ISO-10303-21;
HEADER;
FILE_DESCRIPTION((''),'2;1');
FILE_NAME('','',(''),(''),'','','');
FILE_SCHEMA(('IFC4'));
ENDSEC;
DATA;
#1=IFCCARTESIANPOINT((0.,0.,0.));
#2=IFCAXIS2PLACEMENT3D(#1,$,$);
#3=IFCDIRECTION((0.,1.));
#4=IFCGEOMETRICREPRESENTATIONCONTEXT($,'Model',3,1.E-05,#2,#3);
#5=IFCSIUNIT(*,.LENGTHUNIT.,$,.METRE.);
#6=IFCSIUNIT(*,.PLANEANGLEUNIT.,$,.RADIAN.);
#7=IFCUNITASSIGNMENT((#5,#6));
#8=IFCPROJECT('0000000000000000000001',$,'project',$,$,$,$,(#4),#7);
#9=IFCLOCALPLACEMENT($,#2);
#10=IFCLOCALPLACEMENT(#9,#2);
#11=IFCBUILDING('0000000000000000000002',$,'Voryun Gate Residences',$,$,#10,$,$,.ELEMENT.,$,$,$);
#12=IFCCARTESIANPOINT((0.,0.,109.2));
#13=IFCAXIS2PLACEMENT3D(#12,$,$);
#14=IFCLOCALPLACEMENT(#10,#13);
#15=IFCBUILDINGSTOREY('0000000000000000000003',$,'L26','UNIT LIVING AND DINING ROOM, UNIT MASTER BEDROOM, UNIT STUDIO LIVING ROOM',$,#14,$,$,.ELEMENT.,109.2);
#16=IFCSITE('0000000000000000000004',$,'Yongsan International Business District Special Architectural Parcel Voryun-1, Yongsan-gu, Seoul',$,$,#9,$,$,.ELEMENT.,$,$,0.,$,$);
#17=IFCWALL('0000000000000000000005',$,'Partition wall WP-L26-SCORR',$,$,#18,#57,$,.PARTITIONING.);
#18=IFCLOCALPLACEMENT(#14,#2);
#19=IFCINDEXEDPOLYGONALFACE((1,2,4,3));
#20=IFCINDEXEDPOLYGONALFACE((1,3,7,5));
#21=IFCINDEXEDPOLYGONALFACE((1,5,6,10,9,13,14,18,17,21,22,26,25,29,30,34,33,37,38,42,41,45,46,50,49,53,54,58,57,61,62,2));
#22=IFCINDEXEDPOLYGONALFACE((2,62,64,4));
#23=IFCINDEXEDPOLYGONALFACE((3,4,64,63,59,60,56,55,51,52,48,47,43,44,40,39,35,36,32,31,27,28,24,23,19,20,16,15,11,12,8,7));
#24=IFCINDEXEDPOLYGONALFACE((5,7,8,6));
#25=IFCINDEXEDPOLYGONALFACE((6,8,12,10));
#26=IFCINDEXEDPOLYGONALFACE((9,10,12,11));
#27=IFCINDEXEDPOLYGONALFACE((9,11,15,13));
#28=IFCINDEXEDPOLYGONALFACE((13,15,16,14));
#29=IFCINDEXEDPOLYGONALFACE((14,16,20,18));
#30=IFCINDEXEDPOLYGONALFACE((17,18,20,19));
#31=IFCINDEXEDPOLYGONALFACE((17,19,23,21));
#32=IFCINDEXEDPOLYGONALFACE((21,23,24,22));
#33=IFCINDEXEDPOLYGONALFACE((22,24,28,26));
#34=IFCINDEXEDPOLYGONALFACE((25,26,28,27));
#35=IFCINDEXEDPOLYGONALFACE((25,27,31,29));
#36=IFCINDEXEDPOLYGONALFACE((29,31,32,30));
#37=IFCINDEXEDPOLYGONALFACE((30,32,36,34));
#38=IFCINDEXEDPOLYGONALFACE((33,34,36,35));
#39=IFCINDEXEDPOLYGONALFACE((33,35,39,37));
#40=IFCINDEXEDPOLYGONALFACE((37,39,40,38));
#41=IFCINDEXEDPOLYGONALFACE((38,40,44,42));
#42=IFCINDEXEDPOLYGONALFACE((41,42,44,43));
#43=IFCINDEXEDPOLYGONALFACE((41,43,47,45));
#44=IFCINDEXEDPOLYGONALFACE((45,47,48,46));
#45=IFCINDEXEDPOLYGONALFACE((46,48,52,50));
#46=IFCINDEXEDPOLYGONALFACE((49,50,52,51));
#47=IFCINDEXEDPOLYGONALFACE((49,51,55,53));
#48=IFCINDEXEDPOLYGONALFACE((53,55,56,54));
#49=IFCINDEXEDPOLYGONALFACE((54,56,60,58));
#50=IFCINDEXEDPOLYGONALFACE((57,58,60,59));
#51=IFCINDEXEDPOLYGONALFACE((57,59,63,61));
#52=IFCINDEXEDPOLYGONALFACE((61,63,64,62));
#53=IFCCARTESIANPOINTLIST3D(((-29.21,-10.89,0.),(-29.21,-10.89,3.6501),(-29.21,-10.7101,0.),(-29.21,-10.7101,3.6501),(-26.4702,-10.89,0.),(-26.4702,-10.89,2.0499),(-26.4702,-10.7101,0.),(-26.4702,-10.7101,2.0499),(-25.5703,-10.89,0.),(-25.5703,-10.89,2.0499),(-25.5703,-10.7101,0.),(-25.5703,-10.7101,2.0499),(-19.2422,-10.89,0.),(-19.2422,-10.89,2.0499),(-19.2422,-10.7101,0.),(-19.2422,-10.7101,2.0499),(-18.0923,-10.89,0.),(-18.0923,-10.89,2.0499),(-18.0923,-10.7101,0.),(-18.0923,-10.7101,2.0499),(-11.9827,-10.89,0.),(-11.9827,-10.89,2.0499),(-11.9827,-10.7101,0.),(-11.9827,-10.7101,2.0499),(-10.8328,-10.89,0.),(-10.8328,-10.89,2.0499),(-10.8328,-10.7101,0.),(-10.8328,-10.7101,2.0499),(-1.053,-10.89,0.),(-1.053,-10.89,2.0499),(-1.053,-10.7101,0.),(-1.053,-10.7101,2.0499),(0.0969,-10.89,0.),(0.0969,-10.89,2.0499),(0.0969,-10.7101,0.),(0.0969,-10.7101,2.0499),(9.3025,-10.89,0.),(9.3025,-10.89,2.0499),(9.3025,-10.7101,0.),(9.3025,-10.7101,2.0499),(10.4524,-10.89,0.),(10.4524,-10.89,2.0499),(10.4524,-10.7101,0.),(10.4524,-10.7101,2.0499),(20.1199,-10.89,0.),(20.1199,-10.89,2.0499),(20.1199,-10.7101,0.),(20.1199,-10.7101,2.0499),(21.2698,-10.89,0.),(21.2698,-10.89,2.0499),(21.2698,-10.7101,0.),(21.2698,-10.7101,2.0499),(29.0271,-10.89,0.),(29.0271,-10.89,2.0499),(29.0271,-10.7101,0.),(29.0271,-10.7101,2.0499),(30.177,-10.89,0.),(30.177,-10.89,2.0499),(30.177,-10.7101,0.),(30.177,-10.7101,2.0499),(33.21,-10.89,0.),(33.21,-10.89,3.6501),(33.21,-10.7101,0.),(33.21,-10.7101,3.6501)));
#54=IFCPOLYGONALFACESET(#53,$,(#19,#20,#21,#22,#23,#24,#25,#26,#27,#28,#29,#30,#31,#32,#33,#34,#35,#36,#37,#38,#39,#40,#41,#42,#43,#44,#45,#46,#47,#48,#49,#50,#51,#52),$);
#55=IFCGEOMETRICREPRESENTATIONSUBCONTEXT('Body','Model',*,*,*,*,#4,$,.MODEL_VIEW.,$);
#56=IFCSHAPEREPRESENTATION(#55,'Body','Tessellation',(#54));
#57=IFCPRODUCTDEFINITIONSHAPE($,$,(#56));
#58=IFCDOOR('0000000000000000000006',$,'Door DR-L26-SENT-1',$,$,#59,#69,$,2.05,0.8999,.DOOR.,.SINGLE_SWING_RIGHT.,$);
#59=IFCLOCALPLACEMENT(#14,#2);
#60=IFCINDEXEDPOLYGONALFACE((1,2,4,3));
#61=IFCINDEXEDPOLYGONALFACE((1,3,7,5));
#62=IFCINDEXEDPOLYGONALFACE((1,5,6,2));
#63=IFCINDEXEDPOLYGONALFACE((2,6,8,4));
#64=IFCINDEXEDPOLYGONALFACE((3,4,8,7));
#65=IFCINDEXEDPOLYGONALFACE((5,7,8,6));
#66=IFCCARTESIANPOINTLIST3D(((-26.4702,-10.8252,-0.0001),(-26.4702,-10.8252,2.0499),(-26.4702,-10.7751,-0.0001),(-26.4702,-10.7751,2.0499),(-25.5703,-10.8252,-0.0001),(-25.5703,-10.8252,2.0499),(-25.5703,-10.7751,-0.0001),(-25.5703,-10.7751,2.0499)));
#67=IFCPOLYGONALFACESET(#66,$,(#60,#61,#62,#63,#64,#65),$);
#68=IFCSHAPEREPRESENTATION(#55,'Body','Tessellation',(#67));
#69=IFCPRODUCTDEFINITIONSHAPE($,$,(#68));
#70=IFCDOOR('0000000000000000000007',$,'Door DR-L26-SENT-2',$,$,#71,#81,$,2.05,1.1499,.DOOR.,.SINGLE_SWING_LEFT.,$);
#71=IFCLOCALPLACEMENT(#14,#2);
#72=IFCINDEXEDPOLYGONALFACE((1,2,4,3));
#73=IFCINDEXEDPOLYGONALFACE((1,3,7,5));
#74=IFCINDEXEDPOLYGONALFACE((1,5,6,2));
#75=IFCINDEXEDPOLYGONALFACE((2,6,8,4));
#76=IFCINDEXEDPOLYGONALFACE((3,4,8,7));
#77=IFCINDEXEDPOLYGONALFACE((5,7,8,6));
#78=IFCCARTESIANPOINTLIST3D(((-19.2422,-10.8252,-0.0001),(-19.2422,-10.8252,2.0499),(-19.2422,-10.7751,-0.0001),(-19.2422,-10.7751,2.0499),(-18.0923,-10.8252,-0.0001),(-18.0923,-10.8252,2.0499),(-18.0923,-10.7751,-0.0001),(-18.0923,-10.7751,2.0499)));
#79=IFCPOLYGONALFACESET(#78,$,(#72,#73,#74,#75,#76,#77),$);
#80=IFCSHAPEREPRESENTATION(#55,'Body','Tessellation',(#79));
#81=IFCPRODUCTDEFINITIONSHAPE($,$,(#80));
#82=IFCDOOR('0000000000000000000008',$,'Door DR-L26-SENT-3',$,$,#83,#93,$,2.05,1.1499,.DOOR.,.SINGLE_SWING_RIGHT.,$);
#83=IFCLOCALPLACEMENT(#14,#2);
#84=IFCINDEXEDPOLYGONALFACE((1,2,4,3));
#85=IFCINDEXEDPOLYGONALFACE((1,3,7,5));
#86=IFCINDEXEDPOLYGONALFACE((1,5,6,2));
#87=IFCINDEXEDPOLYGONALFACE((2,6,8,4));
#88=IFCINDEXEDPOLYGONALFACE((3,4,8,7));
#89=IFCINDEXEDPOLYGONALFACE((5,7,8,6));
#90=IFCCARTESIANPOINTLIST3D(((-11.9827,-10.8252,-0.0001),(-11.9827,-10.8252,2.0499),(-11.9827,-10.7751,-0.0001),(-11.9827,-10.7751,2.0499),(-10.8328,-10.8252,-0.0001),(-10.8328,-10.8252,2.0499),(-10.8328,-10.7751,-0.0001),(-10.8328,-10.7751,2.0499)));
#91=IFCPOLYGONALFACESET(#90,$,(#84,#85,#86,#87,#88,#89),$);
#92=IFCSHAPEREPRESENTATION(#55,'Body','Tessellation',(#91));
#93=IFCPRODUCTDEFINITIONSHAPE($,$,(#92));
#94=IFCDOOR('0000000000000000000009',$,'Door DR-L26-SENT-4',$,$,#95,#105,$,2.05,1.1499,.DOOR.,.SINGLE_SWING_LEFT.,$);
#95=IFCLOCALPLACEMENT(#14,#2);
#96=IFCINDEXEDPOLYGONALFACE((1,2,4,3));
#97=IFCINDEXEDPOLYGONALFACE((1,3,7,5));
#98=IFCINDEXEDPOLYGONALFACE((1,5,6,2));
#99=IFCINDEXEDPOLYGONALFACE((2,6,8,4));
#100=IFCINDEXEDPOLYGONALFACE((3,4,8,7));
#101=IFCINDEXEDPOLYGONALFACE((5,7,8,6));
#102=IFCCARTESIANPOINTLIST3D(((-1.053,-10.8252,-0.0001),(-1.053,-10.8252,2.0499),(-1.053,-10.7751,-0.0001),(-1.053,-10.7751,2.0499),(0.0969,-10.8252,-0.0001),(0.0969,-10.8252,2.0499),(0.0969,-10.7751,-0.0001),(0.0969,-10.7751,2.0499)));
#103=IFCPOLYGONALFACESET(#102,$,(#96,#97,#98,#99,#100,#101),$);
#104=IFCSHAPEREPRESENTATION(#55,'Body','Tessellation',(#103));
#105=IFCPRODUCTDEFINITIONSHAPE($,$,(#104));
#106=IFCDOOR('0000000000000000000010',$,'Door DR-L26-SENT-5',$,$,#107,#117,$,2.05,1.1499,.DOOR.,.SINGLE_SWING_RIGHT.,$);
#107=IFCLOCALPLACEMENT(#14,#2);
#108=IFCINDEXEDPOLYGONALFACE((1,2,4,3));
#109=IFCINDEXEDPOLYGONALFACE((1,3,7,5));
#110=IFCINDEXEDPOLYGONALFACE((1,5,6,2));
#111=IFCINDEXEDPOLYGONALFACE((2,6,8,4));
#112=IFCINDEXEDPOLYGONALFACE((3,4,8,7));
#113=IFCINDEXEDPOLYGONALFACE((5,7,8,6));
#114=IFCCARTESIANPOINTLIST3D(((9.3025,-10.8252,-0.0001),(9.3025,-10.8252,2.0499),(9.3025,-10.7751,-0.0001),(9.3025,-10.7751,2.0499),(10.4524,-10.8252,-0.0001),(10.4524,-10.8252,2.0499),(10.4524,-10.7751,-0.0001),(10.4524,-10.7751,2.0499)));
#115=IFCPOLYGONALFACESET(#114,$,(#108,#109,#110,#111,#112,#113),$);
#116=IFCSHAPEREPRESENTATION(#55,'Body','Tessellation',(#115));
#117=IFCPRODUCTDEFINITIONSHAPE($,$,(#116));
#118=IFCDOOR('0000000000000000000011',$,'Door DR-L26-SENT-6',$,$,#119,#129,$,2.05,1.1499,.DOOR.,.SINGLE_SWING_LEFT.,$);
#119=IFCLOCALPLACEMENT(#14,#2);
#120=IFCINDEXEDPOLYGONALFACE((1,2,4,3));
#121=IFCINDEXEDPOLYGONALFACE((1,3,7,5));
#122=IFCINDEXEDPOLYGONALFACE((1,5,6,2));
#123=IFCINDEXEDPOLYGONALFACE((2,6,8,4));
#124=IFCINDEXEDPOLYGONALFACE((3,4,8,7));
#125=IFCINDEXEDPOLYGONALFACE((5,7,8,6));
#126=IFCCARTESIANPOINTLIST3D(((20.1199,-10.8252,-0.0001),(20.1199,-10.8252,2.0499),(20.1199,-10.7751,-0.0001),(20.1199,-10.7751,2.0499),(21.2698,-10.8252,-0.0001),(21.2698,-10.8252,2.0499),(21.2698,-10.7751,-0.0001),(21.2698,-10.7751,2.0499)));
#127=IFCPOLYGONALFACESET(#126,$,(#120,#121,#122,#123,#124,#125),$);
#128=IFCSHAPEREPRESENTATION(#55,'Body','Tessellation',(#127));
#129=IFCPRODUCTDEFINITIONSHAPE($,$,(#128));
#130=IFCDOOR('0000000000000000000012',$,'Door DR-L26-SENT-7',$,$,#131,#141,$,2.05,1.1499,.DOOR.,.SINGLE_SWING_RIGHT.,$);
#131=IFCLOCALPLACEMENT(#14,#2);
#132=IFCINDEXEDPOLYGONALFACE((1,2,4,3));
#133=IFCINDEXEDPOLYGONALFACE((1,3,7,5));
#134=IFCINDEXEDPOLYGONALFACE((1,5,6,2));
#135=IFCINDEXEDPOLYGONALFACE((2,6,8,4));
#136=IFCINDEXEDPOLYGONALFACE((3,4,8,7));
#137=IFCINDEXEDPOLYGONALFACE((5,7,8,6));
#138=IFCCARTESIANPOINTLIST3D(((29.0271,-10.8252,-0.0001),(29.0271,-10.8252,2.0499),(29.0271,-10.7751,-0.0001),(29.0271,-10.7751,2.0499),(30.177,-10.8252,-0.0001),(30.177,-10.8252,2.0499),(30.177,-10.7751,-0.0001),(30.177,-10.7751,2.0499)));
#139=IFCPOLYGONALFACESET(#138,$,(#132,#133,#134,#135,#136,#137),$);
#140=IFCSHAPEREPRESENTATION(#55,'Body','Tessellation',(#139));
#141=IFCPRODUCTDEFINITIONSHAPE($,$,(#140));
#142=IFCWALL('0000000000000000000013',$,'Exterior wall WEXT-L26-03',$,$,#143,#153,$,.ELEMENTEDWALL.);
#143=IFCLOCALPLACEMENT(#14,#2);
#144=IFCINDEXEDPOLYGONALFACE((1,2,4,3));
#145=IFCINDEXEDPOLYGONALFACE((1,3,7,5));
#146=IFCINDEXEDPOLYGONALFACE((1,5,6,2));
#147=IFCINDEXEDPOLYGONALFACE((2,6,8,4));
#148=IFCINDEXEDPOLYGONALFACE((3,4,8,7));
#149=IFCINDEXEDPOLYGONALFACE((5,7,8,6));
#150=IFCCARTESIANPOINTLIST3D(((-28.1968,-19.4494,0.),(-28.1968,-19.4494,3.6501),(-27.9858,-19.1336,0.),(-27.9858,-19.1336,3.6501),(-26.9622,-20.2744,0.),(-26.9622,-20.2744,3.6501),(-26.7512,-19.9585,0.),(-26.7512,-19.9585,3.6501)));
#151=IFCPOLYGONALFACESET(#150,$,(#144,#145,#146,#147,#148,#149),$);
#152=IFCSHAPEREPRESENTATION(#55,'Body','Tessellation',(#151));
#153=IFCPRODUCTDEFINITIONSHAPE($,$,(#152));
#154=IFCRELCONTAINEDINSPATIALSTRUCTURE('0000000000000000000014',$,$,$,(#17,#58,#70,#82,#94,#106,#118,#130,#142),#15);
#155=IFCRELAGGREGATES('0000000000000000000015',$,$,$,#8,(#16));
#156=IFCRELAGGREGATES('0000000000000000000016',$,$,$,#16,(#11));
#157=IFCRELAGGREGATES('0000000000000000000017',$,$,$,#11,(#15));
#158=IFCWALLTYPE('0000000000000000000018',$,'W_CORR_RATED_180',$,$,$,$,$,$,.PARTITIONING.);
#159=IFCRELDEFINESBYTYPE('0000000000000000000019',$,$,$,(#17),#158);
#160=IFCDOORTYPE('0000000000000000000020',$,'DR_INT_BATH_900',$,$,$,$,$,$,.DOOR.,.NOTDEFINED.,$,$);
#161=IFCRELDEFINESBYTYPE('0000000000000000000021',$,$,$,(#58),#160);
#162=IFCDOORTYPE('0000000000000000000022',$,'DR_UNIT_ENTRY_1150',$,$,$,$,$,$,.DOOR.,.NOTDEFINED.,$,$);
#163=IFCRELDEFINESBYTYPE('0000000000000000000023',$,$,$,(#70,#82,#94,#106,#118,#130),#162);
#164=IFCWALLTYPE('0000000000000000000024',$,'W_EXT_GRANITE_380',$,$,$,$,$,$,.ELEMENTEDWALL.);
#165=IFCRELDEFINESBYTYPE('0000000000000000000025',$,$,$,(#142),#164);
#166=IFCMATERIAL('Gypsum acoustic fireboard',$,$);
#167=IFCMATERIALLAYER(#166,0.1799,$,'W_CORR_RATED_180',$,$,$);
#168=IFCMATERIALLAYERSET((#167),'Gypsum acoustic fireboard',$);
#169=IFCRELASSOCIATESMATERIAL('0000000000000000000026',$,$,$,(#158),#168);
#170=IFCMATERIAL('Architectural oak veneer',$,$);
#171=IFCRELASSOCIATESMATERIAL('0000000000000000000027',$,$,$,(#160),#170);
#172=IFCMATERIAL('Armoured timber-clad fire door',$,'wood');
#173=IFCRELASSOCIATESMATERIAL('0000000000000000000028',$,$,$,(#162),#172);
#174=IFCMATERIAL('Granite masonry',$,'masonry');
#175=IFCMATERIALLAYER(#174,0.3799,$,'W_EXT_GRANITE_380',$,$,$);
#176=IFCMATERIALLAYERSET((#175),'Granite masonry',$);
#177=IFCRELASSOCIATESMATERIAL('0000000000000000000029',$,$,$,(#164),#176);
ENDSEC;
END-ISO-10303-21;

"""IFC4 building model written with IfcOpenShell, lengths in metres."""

from ifc_helpers import new_model, si_unit, direction, frame, frame_2d, origin, place, context, subcontext, project, spatial, rectangle, extrude, material, layer, layer_set, type_object, element, fill, save


model = new_model("IFC4")

# Units and contexts
model_context = context("Model", 3, precision=1e-05, world=origin(), true_north=direction((0.0, 1.0)))
body_context = subcontext(model_context, "Body", "Model", "MODEL_VIEW")
ifc_project = project(units=[si_unit("LENGTHUNIT", "METRE"), si_unit("PLANEANGLEUNIT", "RADIAN")], contexts=[model_context])

# Site, building, storey
site_placement = place(None, origin())
site = spatial("IfcSite", under=ifc_project, at=site_placement, Name="Yongsan International Business District Special Architectural Parcel Voryun-1, Yongsan-gu, Seoul", CompositionType="ELEMENT", RefElevation=0.0)
building_placement = place(site_placement, origin())
building = spatial("IfcBuilding", under=site, at=building_placement, Name="Voryun Gate Residences", CompositionType="ELEMENT")
storey_placement = place(building_placement, frame((0.0, 0.0, 109.2)))
storey = spatial("IfcBuildingStorey", under=building, at=storey_placement, Name="L26", Description="UNIT LIVING AND DINING ROOM, UNIT MASTER BEDROOM, UNIT STUDIO LIVING ROOM", CompositionType="ELEMENT", Elevation=109.2)

# Wall, openings, doors
ifc_material_1 = material(Name="Gypsum acoustic fireboard")
ifc_layer_1 = layer(ifc_material_1, 0.1799, Name="W_CORR_RATED_180")
ifc_layer_set_1 = layer_set([ifc_layer_1], Name="Gypsum acoustic fireboard")
wall_type_1 = type_object("IfcWallType", Name="W_CORR_RATED_180", PredefinedType="PARTITIONING", material=ifc_layer_set_1)
wall_1_placement = place(storey_placement, frame((-29.21, -10.8, 0.0), z_axis=(0.0, 0.0, 1.0), x_axis=(1.0, 0.0, 0.0)))
wall_1 = element("IfcWall", 1, at=wall_1_placement, inside=storey, type_object=wall_type_1, Name="Partition wall WP-L26-SCORR", PredefinedType="PARTITIONING", context=body_context, shape_type="SweptSolid", body=[
    extrude(rectangle(XDim=62.4199, YDim=0.1799, at=frame_2d((31.21, 0.0))), origin(), (0.0, 0.0, 1.0), 3.6501),
])
opening_1_placement = place(wall_1_placement, frame((2.7397, 0.0, 0.0)))
opening_1 = element("IfcOpeningElement", 2, at=opening_1_placement, cuts=wall_1, PredefinedType="OPENING", context=body_context, shape_type="SweptSolid", body=[
    extrude(rectangle(XDim=0.8999, YDim=2.05, at=frame_2d((0.45, 1.0249))), frame((0.0, 0.0999, 0.0), z_axis=(0.0, -1.0, 0.0), x_axis=(1.0, 0.0, 0.0)), (0.0, 0.0, 1.0), 0.2),
])
opening_2_placement = place(wall_1_placement, frame((9.9678, 0.0, 0.0)))
opening_2 = element("IfcOpeningElement", 3, at=opening_2_placement, cuts=wall_1, PredefinedType="OPENING", context=body_context, shape_type="SweptSolid", body=[
    extrude(rectangle(XDim=1.1499, YDim=2.05, at=frame_2d((0.575, 1.0249))), frame((0.0, 0.0999, 0.0), z_axis=(0.0, -1.0, 0.0), x_axis=(1.0, 0.0, 0.0)), (0.0, 0.0, 1.0), 0.2),
])
opening_3_placement = place(wall_1_placement, frame((17.2273, 0.0, 0.0)))
opening_3 = element("IfcOpeningElement", 4, at=opening_3_placement, cuts=wall_1, PredefinedType="OPENING", context=body_context, shape_type="SweptSolid", body=[
    extrude(rectangle(XDim=1.1499, YDim=2.05, at=frame_2d((0.575, 1.0249))), frame((0.0, 0.0999, 0.0), z_axis=(0.0, -1.0, 0.0), x_axis=(1.0, 0.0, 0.0)), (0.0, 0.0, 1.0), 0.2),
])
opening_4_placement = place(wall_1_placement, frame((28.157, 0.0, 0.0)))
opening_4 = element("IfcOpeningElement", 5, at=opening_4_placement, cuts=wall_1, PredefinedType="OPENING", context=body_context, shape_type="SweptSolid", body=[
    extrude(rectangle(XDim=1.1499, YDim=2.05, at=frame_2d((0.575, 1.0249))), frame((0.0, 0.0999, 0.0), z_axis=(0.0, -1.0, 0.0), x_axis=(1.0, 0.0, 0.0)), (0.0, 0.0, 1.0), 0.2),
])
opening_5_placement = place(wall_1_placement, frame((38.5125, 0.0, 0.0)))
opening_5 = element("IfcOpeningElement", 6, at=opening_5_placement, cuts=wall_1, PredefinedType="OPENING", context=body_context, shape_type="SweptSolid", body=[
    extrude(rectangle(XDim=1.1499, YDim=2.05, at=frame_2d((0.575, 1.0249))), frame((0.0, 0.0999, 0.0), z_axis=(0.0, -1.0, 0.0), x_axis=(1.0, 0.0, 0.0)), (0.0, 0.0, 1.0), 0.2),
])
opening_6_placement = place(wall_1_placement, frame((49.3298, 0.0, 0.0)))
opening_6 = element("IfcOpeningElement", 7, at=opening_6_placement, cuts=wall_1, PredefinedType="OPENING", context=body_context, shape_type="SweptSolid", body=[
    extrude(rectangle(XDim=1.1499, YDim=2.05, at=frame_2d((0.575, 1.0249))), frame((0.0, 0.0999, 0.0), z_axis=(0.0, -1.0, 0.0), x_axis=(1.0, 0.0, 0.0)), (0.0, 0.0, 1.0), 0.2),
])
opening_7_placement = place(wall_1_placement, frame((58.2371, 0.0, 0.0)))
opening_7 = element("IfcOpeningElement", 8, at=opening_7_placement, cuts=wall_1, PredefinedType="OPENING", context=body_context, shape_type="SweptSolid", body=[
    extrude(rectangle(XDim=1.1499, YDim=2.05, at=frame_2d((0.575, 1.0249))), frame((0.0, 0.0999, 0.0), z_axis=(0.0, -1.0, 0.0), x_axis=(1.0, 0.0, 0.0)), (0.0, 0.0, 1.0), 0.2),
])
ifc_material_2 = material(Name="Architectural oak veneer")
door_type_1 = type_object("IfcDoorType", Name="DR_INT_BATH_900", OperationType="NOTDEFINED", PredefinedType="DOOR", material=ifc_material_2)
door_1_placement = place(opening_1_placement, origin())
door_1 = element("IfcDoor", 9, at=door_1_placement, inside=storey, type_object=door_type_1, Name="Door DR-L26-SENT-1", OperationType="SINGLE_SWING_RIGHT", OverallHeight=2.05, OverallWidth=0.8999, PredefinedType="DOOR", context=body_context, shape_type="SweptSolid", body=[
    extrude(rectangle(XDim=0.8999, YDim=2.05, at=frame_2d((0.45, 1.0249))), frame((0.0, 0.0249, 0.0), z_axis=(0.0, -1.0, 0.0), x_axis=(1.0, 0.0, 0.0)), (0.0, 0.0, 1.0), 0.05),
])
fill(opening_1, door_1)
ifc_material_3 = material(Name="Armoured timber-clad fire door", Category="wood")
door_type_2 = type_object("IfcDoorType", Name="DR_UNIT_ENTRY_1150", OperationType="NOTDEFINED", PredefinedType="DOOR", material=ifc_material_3)
door_2_placement = place(opening_2_placement, origin())
door_2 = element("IfcDoor", 10, at=door_2_placement, inside=storey, type_object=door_type_2, Name="Door DR-L26-SENT-2", OperationType="SINGLE_SWING_LEFT", OverallHeight=2.05, OverallWidth=1.1499, PredefinedType="DOOR", context=body_context, shape_type="SweptSolid", body=[
    extrude(rectangle(XDim=1.1499, YDim=2.05, at=frame_2d((0.575, 1.0249))), frame((0.0, 0.0249, 0.0), z_axis=(0.0, -1.0, 0.0), x_axis=(1.0, 0.0, 0.0)), (0.0, 0.0, 1.0), 0.05),
])
fill(opening_2, door_2)
door_3_placement = place(opening_3_placement, origin())
door_3 = element("IfcDoor", 11, at=door_3_placement, inside=storey, type_object=door_type_2, Name="Door DR-L26-SENT-3", OperationType="SINGLE_SWING_RIGHT", OverallHeight=2.05, OverallWidth=1.1499, PredefinedType="DOOR", context=body_context, shape_type="SweptSolid", body=[
    extrude(rectangle(XDim=1.1499, YDim=2.05, at=frame_2d((0.575, 1.0249))), frame((0.0, 0.0249, 0.0), z_axis=(0.0, -1.0, 0.0), x_axis=(1.0, 0.0, 0.0)), (0.0, 0.0, 1.0), 0.05),
])
fill(opening_3, door_3)
door_4_placement = place(opening_4_placement, origin())
door_4 = element("IfcDoor", 12, at=door_4_placement, inside=storey, type_object=door_type_2, Name="Door DR-L26-SENT-4", OperationType="SINGLE_SWING_LEFT", OverallHeight=2.05, OverallWidth=1.1499, PredefinedType="DOOR", context=body_context, shape_type="SweptSolid", body=[
    extrude(rectangle(XDim=1.1499, YDim=2.05, at=frame_2d((0.575, 1.0249))), frame((0.0, 0.0249, 0.0), z_axis=(0.0, -1.0, 0.0), x_axis=(1.0, 0.0, 0.0)), (0.0, 0.0, 1.0), 0.05),
])
fill(opening_4, door_4)
door_5_placement = place(opening_5_placement, origin())
door_5 = element("IfcDoor", 13, at=door_5_placement, inside=storey, type_object=door_type_2, Name="Door DR-L26-SENT-5", OperationType="SINGLE_SWING_RIGHT", OverallHeight=2.05, OverallWidth=1.1499, PredefinedType="DOOR", context=body_context, shape_type="SweptSolid", body=[
    extrude(rectangle(XDim=1.1499, YDim=2.05, at=frame_2d((0.575, 1.0249))), frame((0.0, 0.0249, 0.0), z_axis=(0.0, -1.0, 0.0), x_axis=(1.0, 0.0, 0.0)), (0.0, 0.0, 1.0), 0.05),
])
fill(opening_5, door_5)
door_6_placement = place(opening_6_placement, origin())
door_6 = element("IfcDoor", 14, at=door_6_placement, inside=storey, type_object=door_type_2, Name="Door DR-L26-SENT-6", OperationType="SINGLE_SWING_LEFT", OverallHeight=2.05, OverallWidth=1.1499, PredefinedType="DOOR", context=body_context, shape_type="SweptSolid", body=[
    extrude(rectangle(XDim=1.1499, YDim=2.05, at=frame_2d((0.575, 1.0249))), frame((0.0, 0.0249, 0.0), z_axis=(0.0, -1.0, 0.0), x_axis=(1.0, 0.0, 0.0)), (0.0, 0.0, 1.0), 0.05),
])
fill(opening_6, door_6)
door_7_placement = place(opening_7_placement, origin())
door_7 = element("IfcDoor", 15, at=door_7_placement, inside=storey, type_object=door_type_2, Name="Door DR-L26-SENT-7", OperationType="SINGLE_SWING_RIGHT", OverallHeight=2.05, OverallWidth=1.1499, PredefinedType="DOOR", context=body_context, shape_type="SweptSolid", body=[
    extrude(rectangle(XDim=1.1499, YDim=2.05, at=frame_2d((0.575, 1.0249))), frame((0.0, 0.0249, 0.0), z_axis=(0.0, -1.0, 0.0), x_axis=(1.0, 0.0, 0.0)), (0.0, 0.0, 1.0), 0.05),
])
fill(opening_7, door_7)

# Wall
ifc_material_4 = material(Name="Granite masonry", Category="masonry")
ifc_layer_2 = layer(ifc_material_4, 0.3799, Name="W_EXT_GRANITE_380")
ifc_layer_set_2 = layer_set([ifc_layer_2], Name="Granite masonry")
wall_type_2 = type_object("IfcWallType", Name="W_EXT_GRANITE_380", PredefinedType="ELEMENTEDWALL", material=ifc_layer_set_2)
wall_2_placement = place(storey_placement, frame((-26.8567, -20.1165, 0.0), z_axis=(0.0, 0.0, 1.0), x_axis=(-0.831468, 0.555573, 0.0)))
element("IfcWall", 16, at=wall_2_placement, inside=storey, type_object=wall_type_2, Name="Exterior wall WEXT-L26-03", PredefinedType="ELEMENTEDWALL", context=body_context, shape_type="SweptSolid", body=[
    extrude(rectangle(XDim=1.4849, YDim=0.3799, at=frame_2d((0.7424, 0.0))), origin(), (0.0, 0.0, 1.0), 3.6501),
])

save(model, "model.ifc")
